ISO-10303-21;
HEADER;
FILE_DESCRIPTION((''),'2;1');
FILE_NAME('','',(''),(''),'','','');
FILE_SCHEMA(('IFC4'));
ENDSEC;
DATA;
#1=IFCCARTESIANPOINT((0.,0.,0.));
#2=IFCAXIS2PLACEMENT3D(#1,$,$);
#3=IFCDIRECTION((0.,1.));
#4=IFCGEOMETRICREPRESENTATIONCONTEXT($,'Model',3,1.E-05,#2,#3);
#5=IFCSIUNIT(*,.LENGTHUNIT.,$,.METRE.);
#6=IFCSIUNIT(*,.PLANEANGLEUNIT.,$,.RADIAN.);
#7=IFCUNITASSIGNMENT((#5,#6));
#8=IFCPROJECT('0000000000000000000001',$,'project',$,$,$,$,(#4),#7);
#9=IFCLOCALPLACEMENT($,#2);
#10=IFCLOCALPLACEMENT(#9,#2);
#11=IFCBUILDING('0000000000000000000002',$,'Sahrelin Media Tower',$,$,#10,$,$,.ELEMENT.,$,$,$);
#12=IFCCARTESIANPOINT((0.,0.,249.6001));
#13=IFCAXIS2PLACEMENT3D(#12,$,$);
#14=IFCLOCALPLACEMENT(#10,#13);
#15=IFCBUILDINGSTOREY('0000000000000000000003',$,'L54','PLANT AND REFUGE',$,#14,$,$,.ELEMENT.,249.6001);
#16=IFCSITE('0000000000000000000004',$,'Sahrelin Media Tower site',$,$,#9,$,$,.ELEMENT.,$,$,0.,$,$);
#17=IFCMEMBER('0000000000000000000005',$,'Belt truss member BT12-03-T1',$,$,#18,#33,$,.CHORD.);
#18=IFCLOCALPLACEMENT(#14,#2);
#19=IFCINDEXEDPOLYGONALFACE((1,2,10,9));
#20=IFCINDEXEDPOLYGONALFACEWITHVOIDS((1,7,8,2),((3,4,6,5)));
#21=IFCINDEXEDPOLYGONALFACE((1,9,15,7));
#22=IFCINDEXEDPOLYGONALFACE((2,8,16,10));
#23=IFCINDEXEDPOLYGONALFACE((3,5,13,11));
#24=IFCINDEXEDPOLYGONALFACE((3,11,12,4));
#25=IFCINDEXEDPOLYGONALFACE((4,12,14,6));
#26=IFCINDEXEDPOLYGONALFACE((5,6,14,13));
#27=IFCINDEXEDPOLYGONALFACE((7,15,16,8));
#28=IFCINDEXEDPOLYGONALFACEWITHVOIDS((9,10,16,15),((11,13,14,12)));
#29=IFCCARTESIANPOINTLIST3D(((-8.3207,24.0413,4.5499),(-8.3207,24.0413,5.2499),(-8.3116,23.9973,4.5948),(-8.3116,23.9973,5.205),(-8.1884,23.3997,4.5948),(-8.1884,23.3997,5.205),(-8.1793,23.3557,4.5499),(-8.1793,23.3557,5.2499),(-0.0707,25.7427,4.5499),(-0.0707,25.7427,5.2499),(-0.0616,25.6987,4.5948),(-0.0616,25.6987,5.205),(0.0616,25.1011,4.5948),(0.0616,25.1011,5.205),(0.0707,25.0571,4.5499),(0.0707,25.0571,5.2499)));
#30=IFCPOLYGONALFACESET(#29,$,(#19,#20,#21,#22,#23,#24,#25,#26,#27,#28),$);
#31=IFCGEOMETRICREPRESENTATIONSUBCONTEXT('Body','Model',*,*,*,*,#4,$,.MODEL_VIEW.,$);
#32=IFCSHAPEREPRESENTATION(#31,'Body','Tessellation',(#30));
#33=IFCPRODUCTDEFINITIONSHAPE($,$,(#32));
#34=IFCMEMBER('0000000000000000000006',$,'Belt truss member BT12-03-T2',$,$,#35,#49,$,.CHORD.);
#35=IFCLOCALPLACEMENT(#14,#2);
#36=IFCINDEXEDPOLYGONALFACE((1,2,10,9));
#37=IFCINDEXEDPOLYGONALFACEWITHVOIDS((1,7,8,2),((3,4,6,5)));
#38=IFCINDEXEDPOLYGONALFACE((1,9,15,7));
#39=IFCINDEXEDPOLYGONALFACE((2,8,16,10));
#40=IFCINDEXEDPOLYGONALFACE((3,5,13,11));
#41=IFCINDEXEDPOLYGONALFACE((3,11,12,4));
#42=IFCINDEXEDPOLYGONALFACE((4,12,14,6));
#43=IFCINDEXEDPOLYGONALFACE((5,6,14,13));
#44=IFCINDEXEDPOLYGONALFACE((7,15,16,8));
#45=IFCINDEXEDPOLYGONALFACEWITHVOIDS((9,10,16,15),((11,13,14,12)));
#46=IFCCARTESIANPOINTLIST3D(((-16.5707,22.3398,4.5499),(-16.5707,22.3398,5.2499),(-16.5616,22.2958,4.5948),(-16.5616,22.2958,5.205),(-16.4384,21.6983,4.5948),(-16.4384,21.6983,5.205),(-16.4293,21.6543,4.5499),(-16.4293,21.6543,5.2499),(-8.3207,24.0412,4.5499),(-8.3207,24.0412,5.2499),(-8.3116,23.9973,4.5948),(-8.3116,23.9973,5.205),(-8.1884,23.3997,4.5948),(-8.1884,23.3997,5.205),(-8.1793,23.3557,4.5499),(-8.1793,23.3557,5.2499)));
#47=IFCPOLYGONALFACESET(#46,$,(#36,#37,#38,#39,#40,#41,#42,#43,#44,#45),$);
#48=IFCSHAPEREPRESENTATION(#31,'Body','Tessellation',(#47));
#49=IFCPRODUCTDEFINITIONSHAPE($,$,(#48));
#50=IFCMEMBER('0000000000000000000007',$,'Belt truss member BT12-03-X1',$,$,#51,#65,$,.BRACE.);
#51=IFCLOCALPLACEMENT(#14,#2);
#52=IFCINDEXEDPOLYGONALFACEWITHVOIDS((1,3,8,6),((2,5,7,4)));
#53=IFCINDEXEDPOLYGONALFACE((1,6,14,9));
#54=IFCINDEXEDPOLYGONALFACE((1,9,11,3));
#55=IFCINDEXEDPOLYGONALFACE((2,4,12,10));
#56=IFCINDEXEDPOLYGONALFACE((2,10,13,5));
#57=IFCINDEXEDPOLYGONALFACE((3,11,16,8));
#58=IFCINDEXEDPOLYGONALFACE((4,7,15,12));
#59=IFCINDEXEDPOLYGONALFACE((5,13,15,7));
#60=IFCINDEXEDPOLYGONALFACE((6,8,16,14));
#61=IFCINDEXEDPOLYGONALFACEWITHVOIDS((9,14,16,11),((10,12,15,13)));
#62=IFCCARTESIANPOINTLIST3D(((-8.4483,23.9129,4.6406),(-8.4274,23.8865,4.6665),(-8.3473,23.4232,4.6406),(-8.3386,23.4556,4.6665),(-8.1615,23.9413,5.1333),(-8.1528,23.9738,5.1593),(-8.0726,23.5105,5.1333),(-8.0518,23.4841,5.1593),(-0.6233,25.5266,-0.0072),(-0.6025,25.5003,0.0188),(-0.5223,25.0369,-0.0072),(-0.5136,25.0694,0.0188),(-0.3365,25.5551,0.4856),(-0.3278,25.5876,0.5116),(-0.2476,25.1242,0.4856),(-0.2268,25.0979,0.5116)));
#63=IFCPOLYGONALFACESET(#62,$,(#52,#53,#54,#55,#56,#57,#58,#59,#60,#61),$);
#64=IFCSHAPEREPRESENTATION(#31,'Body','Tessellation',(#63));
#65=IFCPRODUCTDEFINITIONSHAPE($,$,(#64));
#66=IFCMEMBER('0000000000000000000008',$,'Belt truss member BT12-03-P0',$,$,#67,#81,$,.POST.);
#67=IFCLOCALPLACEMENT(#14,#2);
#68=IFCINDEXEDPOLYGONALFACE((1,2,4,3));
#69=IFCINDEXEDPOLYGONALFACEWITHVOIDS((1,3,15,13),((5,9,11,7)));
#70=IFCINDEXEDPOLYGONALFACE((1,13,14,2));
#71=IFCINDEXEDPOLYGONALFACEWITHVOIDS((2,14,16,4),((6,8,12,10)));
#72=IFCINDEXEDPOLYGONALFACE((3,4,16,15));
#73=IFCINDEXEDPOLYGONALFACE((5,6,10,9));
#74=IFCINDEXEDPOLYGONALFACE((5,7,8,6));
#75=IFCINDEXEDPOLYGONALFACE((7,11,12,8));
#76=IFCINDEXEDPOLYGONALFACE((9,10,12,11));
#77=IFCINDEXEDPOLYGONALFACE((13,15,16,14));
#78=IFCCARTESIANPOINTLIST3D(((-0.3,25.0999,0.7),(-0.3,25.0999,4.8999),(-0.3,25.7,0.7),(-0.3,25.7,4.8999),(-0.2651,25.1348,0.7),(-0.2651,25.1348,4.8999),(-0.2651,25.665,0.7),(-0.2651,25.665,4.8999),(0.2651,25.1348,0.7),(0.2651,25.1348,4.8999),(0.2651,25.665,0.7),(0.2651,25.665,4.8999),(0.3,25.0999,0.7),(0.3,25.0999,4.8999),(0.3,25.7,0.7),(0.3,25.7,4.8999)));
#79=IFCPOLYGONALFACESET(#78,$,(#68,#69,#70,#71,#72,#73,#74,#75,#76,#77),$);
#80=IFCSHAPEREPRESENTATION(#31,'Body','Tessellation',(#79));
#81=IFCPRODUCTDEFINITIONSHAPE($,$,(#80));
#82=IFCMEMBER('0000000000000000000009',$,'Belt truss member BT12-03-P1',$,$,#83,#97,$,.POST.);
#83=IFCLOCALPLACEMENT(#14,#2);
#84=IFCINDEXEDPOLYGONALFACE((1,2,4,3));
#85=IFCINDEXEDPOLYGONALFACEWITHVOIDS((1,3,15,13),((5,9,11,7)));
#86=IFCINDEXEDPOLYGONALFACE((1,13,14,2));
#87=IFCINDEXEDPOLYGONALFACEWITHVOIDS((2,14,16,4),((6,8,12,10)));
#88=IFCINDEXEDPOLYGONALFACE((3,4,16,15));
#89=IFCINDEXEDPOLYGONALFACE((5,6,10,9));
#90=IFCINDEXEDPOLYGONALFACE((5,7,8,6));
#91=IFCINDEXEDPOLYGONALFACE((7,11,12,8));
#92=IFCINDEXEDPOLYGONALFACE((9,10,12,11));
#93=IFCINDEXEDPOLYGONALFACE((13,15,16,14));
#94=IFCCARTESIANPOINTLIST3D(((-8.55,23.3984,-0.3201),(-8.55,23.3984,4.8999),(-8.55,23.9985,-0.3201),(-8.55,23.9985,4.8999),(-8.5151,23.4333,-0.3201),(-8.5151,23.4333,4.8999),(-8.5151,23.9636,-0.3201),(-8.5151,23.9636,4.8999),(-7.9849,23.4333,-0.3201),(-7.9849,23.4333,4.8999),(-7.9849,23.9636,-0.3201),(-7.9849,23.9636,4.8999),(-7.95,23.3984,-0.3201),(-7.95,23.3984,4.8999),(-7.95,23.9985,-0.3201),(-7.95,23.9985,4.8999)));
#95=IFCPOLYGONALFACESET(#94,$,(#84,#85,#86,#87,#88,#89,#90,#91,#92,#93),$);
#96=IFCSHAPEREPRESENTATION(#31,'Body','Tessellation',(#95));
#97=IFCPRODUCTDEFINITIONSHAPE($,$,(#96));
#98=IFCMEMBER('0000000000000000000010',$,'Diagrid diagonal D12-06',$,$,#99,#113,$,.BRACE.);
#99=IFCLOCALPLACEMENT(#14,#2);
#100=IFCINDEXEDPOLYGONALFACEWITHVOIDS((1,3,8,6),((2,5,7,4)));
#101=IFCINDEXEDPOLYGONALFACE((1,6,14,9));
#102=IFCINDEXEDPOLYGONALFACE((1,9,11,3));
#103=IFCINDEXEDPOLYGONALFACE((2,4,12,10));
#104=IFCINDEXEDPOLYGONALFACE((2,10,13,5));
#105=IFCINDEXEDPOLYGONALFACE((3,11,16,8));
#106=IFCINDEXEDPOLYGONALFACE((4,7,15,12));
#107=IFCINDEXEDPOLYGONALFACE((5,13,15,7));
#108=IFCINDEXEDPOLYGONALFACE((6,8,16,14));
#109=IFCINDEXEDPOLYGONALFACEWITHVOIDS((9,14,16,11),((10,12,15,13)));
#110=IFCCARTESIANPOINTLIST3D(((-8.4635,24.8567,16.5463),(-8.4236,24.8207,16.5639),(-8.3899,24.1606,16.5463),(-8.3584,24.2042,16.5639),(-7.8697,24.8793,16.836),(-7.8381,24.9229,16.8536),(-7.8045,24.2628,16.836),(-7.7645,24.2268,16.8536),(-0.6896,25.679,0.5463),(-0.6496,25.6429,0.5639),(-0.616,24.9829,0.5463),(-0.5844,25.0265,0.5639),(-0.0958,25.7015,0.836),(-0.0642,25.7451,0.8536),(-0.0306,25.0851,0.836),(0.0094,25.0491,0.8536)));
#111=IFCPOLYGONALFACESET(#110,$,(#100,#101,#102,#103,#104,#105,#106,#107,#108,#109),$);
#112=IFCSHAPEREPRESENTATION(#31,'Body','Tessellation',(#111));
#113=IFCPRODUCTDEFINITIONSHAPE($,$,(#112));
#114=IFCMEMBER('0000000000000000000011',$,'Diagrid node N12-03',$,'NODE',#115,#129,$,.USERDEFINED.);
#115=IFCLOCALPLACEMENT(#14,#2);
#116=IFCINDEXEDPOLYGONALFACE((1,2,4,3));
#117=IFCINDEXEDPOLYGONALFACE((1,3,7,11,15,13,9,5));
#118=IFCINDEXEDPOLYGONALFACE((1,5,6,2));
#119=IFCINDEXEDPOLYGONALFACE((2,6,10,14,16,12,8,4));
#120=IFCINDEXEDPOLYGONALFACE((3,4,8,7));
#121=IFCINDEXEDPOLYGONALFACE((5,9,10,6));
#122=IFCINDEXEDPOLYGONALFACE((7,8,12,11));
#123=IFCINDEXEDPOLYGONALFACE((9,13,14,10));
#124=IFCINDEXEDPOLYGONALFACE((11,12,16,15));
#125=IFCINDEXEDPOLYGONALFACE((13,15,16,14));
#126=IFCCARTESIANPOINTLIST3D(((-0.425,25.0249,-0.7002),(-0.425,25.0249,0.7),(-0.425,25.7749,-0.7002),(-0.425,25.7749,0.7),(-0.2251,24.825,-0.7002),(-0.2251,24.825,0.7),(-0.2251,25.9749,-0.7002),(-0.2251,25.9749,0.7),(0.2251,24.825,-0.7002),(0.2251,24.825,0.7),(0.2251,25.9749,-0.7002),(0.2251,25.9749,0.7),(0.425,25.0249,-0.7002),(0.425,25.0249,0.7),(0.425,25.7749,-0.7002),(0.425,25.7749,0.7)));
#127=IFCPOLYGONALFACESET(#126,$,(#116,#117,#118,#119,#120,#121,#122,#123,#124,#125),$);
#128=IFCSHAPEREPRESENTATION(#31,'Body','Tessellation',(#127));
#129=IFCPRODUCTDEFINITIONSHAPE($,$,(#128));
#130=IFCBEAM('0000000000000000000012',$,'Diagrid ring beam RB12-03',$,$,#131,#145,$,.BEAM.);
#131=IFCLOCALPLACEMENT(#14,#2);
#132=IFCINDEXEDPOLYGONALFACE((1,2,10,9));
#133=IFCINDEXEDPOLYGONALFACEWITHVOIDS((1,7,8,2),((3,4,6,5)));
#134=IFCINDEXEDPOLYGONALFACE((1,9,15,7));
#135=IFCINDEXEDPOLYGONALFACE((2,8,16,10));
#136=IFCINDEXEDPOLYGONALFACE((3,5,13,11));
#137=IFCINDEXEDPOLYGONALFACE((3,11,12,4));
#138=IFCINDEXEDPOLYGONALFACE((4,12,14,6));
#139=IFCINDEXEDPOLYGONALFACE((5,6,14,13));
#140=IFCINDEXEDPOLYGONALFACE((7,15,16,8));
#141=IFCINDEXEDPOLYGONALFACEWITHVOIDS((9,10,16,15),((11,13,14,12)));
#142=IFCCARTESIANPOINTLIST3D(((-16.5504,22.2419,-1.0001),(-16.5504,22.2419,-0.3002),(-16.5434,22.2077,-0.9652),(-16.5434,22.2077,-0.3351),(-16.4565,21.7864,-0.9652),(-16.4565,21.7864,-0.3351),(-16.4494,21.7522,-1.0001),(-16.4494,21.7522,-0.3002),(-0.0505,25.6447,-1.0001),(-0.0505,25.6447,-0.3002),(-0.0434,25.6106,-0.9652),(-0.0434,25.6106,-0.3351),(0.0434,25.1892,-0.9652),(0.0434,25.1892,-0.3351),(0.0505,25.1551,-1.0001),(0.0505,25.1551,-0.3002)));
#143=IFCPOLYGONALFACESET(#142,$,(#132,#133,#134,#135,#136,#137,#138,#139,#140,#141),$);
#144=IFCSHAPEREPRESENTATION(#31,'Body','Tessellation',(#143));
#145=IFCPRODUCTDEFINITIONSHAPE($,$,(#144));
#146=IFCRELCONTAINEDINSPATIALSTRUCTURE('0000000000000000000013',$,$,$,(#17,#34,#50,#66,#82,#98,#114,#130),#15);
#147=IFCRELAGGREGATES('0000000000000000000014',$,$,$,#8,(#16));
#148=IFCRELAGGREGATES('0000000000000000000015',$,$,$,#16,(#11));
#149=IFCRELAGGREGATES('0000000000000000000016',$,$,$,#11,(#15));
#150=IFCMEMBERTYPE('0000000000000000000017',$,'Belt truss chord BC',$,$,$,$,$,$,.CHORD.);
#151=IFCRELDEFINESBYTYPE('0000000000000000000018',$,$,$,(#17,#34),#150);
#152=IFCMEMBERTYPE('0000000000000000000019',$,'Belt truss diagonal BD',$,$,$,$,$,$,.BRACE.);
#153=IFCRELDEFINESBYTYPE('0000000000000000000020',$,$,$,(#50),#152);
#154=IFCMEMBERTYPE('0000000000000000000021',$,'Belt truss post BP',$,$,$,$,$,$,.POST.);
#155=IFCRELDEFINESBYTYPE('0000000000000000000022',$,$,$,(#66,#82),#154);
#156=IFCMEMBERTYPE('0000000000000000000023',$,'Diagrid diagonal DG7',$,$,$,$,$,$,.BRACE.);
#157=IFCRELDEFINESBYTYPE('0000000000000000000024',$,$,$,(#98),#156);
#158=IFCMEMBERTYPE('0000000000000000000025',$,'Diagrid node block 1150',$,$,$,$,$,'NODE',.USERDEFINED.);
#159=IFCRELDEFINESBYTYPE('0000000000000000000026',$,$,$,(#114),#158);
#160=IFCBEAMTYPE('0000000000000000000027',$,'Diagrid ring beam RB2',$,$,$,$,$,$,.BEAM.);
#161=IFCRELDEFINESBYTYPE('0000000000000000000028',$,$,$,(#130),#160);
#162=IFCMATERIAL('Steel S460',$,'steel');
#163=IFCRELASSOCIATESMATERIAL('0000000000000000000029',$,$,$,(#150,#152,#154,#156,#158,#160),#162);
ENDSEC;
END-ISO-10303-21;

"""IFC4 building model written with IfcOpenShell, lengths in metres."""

from ifc_helpers import new_model, si_unit, direction, frame, origin, origin_2d, place, context, subcontext, project, spatial, polyline, hollow_rectangle, outline, extrude, material, material_profile, profile_set, type_object, element, save


model = new_model("IFC4")

# Units and contexts
model_context = context("Model", 3, precision=1e-05, world=origin(), true_north=direction((0.0, 1.0)))
body_context = subcontext(model_context, "Body", "Model", "MODEL_VIEW")
ifc_project = project(units=[si_unit("LENGTHUNIT", "METRE"), si_unit("PLANEANGLEUNIT", "RADIAN")], contexts=[model_context])

# Site, building, storey
site_placement = place(None, origin())
site = spatial("IfcSite", under=ifc_project, at=site_placement, Name="Sahrelin Media Tower site", CompositionType="ELEMENT", RefElevation=0.0)
building_placement = place(site_placement, origin())
building = spatial("IfcBuilding", under=site, at=building_placement, Name="Sahrelin Media Tower", CompositionType="ELEMENT")
storey_placement = place(building_placement, frame((0.0, 0.0, 249.6001)))
storey = spatial("IfcBuildingStorey", under=building, at=storey_placement, Name="L54", Description="PLANT AND REFUGE", CompositionType="ELEMENT", Elevation=249.6001)

# Members
ifc_material_1 = material(Name="Steel S460", Category="steel")
ifc_material_profile_1 = material_profile(ifc_material_1, hollow_rectangle(XDim=0.7, YDim=0.7, WallThickness=0.0449, at=origin_2d()), Name="Belt truss chord BC")
ifc_profile_set_1 = profile_set([ifc_material_profile_1], Name="Steel S460")
member_type_1 = type_object("IfcMemberType", Name="Belt truss chord BC", PredefinedType="CHORD", material=ifc_profile_set_1)
for number, where, z_axis, x_axis, name in (
    (1, (0.0, 25.3999, 4.8999), (-0.979389, -0.201982, 0.0), (0.201982, -0.979389, 0.0), "Belt truss member BT12-03-T1"),
    (2, (-8.25, 23.6985, 4.8999), (-0.979389, -0.201982, 0.0), (0.201982, -0.979389, 0.0), "Belt truss member BT12-03-T2"),
):
    element("IfcMember", number, at=place(storey_placement, frame(where, z_axis=z_axis, x_axis=x_axis)), inside=storey, type_object=member_type_1, Name=name, PredefinedType="CHORD", context=body_context, shape_type="SweptSolid", body=[
        extrude(hollow_rectangle(XDim=0.7, YDim=0.7, WallThickness=0.0449, at=origin_2d()), origin(), (0.0, 0.0, 1.0), 8.4236),
    ])
ifc_material_profile_2 = material_profile(ifc_material_1, hollow_rectangle(XDim=0.5, YDim=0.6001, WallThickness=0.03, at=origin_2d()), Name="Belt truss diagonal BD")
ifc_profile_set_2 = profile_set([ifc_material_profile_2], Name="Steel S460")
member_type_2 = type_object("IfcMemberType", Name="Belt truss diagonal BD", PredefinedType="BRACE", material=ifc_profile_set_2)
member_1_placement = place(storey_placement, frame((-0.425, 25.3123, 0.2522), z_axis=(-0.84657, -0.174591, 0.502829), x_axis=(0.201983, -0.979389, 0.0)))
element("IfcMember", 3, at=member_1_placement, inside=storey, type_object=member_type_2, Name="Belt truss member BT12-03-X1", PredefinedType="BRACE", context=body_context, shape_type="SweptSolid", body=[
    extrude(hollow_rectangle(XDim=0.5, YDim=0.6001, WallThickness=0.03, at=origin_2d()), origin(), (0.0, 0.0, 1.0), 9.2432),
])
ifc_material_profile_3 = material_profile(ifc_material_1, hollow_rectangle(XDim=0.6001, YDim=0.6001, WallThickness=0.0349, at=origin_2d()), Name="Belt truss post BP")
ifc_profile_set_3 = profile_set([ifc_material_profile_3], Name="Steel S460")
member_type_3 = type_object("IfcMemberType", Name="Belt truss post BP", PredefinedType="POST", material=ifc_profile_set_3)
member_2_placement = place(storey_placement, frame((0.0, 25.3999, 0.7), z_axis=(0.0, 0.0, 1.0), x_axis=(1.0, 0.0, 0.0)))
element("IfcMember", 4, at=member_2_placement, inside=storey, type_object=member_type_3, Name="Belt truss member BT12-03-P0", PredefinedType="POST", context=body_context, shape_type="SweptSolid", body=[
    extrude(hollow_rectangle(XDim=0.6001, YDim=0.6001, WallThickness=0.0349, at=origin_2d()), origin(), (0.0, 0.0, 1.0), 4.2),
])
member_3_placement = place(storey_placement, frame((-8.25, 23.6985, -0.3201), z_axis=(0.0, 0.0, 1.0), x_axis=(1.0, 0.0, 0.0)))
element("IfcMember", 5, at=member_3_placement, inside=storey, type_object=member_type_3, Name="Belt truss member BT12-03-P1", PredefinedType="POST", context=body_context, shape_type="SweptSolid", body=[
    extrude(hollow_rectangle(XDim=0.6001, YDim=0.6001, WallThickness=0.0349, at=origin_2d()), origin(), (0.0, 0.0, 1.0), 5.22),
])
ifc_material_profile_4 = material_profile(ifc_material_1, hollow_rectangle(XDim=0.7, YDim=0.7, WallThickness=0.04, at=origin_2d()), Name="Diagrid diagonal DG7")
ifc_profile_set_4 = profile_set([ifc_material_profile_4], Name="Steel S460")
member_type_4 = type_object("IfcMemberType", Name="Diagrid diagonal DG7", PredefinedType="BRACE", material=ifc_profile_set_4)
member_4_placement = place(storey_placement, frame((-0.3401, 25.364, 0.7), z_axis=(-0.436551, -0.046175, 0.898494), x_axis=(0.105185, -0.994453, 0.0)))
element("IfcMember", 6, at=member_4_placement, inside=storey, type_object=member_type_4, Name="Diagrid diagonal D12-06", PredefinedType="BRACE", context=body_context, shape_type="SweptSolid", body=[
    extrude(hollow_rectangle(XDim=0.7, YDim=0.7, WallThickness=0.04, at=origin_2d()), origin(), (0.0, 0.0, 1.0), 17.8076),
])
ifc_material_profile_5 = material_profile(ifc_material_1, outline(polyline([(0.375, -0.425), (0.575, -0.2251), (0.575, 0.2251), (0.375, 0.425), (-0.375, 0.425), (-0.575, 0.2251), (-0.575, -0.2251), (-0.375, -0.425), (0.375, -0.425)])), Name="Diagrid node block 1150")
ifc_profile_set_5 = profile_set([ifc_material_profile_5], Name="Steel S460")
member_type_5 = type_object("IfcMemberType", Name="Diagrid node block 1150", ElementType="NODE", PredefinedType="USERDEFINED", material=ifc_profile_set_5)
member_5_placement = place(storey_placement, frame((0.0, 25.3999, -0.7002), z_axis=(0.0, 0.0, 1.0), x_axis=(0.0, 1.0, 0.0)))
element("IfcMember", 7, at=member_5_placement, inside=storey, type_object=member_type_5, Name="Diagrid node N12-03", ObjectType="NODE", PredefinedType="USERDEFINED", context=body_context, shape_type="SweptSolid", body=[
    extrude(outline(polyline([(0.375, -0.425), (0.575, -0.2251), (0.575, 0.2251), (0.375, 0.425), (-0.375, 0.425), (-0.575, 0.2251), (-0.575, -0.2251), (-0.375, -0.425), (0.375, -0.425)])), origin(), (0.0, 0.0, 1.0), 1.4001),
])

# Beam
ifc_material_profile_6 = material_profile(ifc_material_1, hollow_rectangle(XDim=0.5, YDim=0.7, WallThickness=0.0349, at=origin_2d()), Name="Diagrid ring beam RB2")
ifc_profile_set_6 = profile_set([ifc_material_profile_6], Name="Steel S460")
beam_type_1 = type_object("IfcBeamType", Name="Diagrid ring beam RB2", PredefinedType="BEAM", material=ifc_profile_set_6)
beam_1_placement = place(storey_placement, frame((0.0, 25.3999, -0.6501), z_axis=(-0.979389, -0.201982, 0.0), x_axis=(0.201982, -0.979389, 0.0)))
element("IfcBeam", 8, at=beam_1_placement, inside=storey, type_object=beam_type_1, Name="Diagrid ring beam RB12-03", PredefinedType="BEAM", context=body_context, shape_type="SweptSolid", body=[
    extrude(hollow_rectangle(XDim=0.5, YDim=0.7, WallThickness=0.0349, at=origin_2d()), origin(), (0.0, 0.0, 1.0), 16.8472),
])

save(model, "model.ifc")
